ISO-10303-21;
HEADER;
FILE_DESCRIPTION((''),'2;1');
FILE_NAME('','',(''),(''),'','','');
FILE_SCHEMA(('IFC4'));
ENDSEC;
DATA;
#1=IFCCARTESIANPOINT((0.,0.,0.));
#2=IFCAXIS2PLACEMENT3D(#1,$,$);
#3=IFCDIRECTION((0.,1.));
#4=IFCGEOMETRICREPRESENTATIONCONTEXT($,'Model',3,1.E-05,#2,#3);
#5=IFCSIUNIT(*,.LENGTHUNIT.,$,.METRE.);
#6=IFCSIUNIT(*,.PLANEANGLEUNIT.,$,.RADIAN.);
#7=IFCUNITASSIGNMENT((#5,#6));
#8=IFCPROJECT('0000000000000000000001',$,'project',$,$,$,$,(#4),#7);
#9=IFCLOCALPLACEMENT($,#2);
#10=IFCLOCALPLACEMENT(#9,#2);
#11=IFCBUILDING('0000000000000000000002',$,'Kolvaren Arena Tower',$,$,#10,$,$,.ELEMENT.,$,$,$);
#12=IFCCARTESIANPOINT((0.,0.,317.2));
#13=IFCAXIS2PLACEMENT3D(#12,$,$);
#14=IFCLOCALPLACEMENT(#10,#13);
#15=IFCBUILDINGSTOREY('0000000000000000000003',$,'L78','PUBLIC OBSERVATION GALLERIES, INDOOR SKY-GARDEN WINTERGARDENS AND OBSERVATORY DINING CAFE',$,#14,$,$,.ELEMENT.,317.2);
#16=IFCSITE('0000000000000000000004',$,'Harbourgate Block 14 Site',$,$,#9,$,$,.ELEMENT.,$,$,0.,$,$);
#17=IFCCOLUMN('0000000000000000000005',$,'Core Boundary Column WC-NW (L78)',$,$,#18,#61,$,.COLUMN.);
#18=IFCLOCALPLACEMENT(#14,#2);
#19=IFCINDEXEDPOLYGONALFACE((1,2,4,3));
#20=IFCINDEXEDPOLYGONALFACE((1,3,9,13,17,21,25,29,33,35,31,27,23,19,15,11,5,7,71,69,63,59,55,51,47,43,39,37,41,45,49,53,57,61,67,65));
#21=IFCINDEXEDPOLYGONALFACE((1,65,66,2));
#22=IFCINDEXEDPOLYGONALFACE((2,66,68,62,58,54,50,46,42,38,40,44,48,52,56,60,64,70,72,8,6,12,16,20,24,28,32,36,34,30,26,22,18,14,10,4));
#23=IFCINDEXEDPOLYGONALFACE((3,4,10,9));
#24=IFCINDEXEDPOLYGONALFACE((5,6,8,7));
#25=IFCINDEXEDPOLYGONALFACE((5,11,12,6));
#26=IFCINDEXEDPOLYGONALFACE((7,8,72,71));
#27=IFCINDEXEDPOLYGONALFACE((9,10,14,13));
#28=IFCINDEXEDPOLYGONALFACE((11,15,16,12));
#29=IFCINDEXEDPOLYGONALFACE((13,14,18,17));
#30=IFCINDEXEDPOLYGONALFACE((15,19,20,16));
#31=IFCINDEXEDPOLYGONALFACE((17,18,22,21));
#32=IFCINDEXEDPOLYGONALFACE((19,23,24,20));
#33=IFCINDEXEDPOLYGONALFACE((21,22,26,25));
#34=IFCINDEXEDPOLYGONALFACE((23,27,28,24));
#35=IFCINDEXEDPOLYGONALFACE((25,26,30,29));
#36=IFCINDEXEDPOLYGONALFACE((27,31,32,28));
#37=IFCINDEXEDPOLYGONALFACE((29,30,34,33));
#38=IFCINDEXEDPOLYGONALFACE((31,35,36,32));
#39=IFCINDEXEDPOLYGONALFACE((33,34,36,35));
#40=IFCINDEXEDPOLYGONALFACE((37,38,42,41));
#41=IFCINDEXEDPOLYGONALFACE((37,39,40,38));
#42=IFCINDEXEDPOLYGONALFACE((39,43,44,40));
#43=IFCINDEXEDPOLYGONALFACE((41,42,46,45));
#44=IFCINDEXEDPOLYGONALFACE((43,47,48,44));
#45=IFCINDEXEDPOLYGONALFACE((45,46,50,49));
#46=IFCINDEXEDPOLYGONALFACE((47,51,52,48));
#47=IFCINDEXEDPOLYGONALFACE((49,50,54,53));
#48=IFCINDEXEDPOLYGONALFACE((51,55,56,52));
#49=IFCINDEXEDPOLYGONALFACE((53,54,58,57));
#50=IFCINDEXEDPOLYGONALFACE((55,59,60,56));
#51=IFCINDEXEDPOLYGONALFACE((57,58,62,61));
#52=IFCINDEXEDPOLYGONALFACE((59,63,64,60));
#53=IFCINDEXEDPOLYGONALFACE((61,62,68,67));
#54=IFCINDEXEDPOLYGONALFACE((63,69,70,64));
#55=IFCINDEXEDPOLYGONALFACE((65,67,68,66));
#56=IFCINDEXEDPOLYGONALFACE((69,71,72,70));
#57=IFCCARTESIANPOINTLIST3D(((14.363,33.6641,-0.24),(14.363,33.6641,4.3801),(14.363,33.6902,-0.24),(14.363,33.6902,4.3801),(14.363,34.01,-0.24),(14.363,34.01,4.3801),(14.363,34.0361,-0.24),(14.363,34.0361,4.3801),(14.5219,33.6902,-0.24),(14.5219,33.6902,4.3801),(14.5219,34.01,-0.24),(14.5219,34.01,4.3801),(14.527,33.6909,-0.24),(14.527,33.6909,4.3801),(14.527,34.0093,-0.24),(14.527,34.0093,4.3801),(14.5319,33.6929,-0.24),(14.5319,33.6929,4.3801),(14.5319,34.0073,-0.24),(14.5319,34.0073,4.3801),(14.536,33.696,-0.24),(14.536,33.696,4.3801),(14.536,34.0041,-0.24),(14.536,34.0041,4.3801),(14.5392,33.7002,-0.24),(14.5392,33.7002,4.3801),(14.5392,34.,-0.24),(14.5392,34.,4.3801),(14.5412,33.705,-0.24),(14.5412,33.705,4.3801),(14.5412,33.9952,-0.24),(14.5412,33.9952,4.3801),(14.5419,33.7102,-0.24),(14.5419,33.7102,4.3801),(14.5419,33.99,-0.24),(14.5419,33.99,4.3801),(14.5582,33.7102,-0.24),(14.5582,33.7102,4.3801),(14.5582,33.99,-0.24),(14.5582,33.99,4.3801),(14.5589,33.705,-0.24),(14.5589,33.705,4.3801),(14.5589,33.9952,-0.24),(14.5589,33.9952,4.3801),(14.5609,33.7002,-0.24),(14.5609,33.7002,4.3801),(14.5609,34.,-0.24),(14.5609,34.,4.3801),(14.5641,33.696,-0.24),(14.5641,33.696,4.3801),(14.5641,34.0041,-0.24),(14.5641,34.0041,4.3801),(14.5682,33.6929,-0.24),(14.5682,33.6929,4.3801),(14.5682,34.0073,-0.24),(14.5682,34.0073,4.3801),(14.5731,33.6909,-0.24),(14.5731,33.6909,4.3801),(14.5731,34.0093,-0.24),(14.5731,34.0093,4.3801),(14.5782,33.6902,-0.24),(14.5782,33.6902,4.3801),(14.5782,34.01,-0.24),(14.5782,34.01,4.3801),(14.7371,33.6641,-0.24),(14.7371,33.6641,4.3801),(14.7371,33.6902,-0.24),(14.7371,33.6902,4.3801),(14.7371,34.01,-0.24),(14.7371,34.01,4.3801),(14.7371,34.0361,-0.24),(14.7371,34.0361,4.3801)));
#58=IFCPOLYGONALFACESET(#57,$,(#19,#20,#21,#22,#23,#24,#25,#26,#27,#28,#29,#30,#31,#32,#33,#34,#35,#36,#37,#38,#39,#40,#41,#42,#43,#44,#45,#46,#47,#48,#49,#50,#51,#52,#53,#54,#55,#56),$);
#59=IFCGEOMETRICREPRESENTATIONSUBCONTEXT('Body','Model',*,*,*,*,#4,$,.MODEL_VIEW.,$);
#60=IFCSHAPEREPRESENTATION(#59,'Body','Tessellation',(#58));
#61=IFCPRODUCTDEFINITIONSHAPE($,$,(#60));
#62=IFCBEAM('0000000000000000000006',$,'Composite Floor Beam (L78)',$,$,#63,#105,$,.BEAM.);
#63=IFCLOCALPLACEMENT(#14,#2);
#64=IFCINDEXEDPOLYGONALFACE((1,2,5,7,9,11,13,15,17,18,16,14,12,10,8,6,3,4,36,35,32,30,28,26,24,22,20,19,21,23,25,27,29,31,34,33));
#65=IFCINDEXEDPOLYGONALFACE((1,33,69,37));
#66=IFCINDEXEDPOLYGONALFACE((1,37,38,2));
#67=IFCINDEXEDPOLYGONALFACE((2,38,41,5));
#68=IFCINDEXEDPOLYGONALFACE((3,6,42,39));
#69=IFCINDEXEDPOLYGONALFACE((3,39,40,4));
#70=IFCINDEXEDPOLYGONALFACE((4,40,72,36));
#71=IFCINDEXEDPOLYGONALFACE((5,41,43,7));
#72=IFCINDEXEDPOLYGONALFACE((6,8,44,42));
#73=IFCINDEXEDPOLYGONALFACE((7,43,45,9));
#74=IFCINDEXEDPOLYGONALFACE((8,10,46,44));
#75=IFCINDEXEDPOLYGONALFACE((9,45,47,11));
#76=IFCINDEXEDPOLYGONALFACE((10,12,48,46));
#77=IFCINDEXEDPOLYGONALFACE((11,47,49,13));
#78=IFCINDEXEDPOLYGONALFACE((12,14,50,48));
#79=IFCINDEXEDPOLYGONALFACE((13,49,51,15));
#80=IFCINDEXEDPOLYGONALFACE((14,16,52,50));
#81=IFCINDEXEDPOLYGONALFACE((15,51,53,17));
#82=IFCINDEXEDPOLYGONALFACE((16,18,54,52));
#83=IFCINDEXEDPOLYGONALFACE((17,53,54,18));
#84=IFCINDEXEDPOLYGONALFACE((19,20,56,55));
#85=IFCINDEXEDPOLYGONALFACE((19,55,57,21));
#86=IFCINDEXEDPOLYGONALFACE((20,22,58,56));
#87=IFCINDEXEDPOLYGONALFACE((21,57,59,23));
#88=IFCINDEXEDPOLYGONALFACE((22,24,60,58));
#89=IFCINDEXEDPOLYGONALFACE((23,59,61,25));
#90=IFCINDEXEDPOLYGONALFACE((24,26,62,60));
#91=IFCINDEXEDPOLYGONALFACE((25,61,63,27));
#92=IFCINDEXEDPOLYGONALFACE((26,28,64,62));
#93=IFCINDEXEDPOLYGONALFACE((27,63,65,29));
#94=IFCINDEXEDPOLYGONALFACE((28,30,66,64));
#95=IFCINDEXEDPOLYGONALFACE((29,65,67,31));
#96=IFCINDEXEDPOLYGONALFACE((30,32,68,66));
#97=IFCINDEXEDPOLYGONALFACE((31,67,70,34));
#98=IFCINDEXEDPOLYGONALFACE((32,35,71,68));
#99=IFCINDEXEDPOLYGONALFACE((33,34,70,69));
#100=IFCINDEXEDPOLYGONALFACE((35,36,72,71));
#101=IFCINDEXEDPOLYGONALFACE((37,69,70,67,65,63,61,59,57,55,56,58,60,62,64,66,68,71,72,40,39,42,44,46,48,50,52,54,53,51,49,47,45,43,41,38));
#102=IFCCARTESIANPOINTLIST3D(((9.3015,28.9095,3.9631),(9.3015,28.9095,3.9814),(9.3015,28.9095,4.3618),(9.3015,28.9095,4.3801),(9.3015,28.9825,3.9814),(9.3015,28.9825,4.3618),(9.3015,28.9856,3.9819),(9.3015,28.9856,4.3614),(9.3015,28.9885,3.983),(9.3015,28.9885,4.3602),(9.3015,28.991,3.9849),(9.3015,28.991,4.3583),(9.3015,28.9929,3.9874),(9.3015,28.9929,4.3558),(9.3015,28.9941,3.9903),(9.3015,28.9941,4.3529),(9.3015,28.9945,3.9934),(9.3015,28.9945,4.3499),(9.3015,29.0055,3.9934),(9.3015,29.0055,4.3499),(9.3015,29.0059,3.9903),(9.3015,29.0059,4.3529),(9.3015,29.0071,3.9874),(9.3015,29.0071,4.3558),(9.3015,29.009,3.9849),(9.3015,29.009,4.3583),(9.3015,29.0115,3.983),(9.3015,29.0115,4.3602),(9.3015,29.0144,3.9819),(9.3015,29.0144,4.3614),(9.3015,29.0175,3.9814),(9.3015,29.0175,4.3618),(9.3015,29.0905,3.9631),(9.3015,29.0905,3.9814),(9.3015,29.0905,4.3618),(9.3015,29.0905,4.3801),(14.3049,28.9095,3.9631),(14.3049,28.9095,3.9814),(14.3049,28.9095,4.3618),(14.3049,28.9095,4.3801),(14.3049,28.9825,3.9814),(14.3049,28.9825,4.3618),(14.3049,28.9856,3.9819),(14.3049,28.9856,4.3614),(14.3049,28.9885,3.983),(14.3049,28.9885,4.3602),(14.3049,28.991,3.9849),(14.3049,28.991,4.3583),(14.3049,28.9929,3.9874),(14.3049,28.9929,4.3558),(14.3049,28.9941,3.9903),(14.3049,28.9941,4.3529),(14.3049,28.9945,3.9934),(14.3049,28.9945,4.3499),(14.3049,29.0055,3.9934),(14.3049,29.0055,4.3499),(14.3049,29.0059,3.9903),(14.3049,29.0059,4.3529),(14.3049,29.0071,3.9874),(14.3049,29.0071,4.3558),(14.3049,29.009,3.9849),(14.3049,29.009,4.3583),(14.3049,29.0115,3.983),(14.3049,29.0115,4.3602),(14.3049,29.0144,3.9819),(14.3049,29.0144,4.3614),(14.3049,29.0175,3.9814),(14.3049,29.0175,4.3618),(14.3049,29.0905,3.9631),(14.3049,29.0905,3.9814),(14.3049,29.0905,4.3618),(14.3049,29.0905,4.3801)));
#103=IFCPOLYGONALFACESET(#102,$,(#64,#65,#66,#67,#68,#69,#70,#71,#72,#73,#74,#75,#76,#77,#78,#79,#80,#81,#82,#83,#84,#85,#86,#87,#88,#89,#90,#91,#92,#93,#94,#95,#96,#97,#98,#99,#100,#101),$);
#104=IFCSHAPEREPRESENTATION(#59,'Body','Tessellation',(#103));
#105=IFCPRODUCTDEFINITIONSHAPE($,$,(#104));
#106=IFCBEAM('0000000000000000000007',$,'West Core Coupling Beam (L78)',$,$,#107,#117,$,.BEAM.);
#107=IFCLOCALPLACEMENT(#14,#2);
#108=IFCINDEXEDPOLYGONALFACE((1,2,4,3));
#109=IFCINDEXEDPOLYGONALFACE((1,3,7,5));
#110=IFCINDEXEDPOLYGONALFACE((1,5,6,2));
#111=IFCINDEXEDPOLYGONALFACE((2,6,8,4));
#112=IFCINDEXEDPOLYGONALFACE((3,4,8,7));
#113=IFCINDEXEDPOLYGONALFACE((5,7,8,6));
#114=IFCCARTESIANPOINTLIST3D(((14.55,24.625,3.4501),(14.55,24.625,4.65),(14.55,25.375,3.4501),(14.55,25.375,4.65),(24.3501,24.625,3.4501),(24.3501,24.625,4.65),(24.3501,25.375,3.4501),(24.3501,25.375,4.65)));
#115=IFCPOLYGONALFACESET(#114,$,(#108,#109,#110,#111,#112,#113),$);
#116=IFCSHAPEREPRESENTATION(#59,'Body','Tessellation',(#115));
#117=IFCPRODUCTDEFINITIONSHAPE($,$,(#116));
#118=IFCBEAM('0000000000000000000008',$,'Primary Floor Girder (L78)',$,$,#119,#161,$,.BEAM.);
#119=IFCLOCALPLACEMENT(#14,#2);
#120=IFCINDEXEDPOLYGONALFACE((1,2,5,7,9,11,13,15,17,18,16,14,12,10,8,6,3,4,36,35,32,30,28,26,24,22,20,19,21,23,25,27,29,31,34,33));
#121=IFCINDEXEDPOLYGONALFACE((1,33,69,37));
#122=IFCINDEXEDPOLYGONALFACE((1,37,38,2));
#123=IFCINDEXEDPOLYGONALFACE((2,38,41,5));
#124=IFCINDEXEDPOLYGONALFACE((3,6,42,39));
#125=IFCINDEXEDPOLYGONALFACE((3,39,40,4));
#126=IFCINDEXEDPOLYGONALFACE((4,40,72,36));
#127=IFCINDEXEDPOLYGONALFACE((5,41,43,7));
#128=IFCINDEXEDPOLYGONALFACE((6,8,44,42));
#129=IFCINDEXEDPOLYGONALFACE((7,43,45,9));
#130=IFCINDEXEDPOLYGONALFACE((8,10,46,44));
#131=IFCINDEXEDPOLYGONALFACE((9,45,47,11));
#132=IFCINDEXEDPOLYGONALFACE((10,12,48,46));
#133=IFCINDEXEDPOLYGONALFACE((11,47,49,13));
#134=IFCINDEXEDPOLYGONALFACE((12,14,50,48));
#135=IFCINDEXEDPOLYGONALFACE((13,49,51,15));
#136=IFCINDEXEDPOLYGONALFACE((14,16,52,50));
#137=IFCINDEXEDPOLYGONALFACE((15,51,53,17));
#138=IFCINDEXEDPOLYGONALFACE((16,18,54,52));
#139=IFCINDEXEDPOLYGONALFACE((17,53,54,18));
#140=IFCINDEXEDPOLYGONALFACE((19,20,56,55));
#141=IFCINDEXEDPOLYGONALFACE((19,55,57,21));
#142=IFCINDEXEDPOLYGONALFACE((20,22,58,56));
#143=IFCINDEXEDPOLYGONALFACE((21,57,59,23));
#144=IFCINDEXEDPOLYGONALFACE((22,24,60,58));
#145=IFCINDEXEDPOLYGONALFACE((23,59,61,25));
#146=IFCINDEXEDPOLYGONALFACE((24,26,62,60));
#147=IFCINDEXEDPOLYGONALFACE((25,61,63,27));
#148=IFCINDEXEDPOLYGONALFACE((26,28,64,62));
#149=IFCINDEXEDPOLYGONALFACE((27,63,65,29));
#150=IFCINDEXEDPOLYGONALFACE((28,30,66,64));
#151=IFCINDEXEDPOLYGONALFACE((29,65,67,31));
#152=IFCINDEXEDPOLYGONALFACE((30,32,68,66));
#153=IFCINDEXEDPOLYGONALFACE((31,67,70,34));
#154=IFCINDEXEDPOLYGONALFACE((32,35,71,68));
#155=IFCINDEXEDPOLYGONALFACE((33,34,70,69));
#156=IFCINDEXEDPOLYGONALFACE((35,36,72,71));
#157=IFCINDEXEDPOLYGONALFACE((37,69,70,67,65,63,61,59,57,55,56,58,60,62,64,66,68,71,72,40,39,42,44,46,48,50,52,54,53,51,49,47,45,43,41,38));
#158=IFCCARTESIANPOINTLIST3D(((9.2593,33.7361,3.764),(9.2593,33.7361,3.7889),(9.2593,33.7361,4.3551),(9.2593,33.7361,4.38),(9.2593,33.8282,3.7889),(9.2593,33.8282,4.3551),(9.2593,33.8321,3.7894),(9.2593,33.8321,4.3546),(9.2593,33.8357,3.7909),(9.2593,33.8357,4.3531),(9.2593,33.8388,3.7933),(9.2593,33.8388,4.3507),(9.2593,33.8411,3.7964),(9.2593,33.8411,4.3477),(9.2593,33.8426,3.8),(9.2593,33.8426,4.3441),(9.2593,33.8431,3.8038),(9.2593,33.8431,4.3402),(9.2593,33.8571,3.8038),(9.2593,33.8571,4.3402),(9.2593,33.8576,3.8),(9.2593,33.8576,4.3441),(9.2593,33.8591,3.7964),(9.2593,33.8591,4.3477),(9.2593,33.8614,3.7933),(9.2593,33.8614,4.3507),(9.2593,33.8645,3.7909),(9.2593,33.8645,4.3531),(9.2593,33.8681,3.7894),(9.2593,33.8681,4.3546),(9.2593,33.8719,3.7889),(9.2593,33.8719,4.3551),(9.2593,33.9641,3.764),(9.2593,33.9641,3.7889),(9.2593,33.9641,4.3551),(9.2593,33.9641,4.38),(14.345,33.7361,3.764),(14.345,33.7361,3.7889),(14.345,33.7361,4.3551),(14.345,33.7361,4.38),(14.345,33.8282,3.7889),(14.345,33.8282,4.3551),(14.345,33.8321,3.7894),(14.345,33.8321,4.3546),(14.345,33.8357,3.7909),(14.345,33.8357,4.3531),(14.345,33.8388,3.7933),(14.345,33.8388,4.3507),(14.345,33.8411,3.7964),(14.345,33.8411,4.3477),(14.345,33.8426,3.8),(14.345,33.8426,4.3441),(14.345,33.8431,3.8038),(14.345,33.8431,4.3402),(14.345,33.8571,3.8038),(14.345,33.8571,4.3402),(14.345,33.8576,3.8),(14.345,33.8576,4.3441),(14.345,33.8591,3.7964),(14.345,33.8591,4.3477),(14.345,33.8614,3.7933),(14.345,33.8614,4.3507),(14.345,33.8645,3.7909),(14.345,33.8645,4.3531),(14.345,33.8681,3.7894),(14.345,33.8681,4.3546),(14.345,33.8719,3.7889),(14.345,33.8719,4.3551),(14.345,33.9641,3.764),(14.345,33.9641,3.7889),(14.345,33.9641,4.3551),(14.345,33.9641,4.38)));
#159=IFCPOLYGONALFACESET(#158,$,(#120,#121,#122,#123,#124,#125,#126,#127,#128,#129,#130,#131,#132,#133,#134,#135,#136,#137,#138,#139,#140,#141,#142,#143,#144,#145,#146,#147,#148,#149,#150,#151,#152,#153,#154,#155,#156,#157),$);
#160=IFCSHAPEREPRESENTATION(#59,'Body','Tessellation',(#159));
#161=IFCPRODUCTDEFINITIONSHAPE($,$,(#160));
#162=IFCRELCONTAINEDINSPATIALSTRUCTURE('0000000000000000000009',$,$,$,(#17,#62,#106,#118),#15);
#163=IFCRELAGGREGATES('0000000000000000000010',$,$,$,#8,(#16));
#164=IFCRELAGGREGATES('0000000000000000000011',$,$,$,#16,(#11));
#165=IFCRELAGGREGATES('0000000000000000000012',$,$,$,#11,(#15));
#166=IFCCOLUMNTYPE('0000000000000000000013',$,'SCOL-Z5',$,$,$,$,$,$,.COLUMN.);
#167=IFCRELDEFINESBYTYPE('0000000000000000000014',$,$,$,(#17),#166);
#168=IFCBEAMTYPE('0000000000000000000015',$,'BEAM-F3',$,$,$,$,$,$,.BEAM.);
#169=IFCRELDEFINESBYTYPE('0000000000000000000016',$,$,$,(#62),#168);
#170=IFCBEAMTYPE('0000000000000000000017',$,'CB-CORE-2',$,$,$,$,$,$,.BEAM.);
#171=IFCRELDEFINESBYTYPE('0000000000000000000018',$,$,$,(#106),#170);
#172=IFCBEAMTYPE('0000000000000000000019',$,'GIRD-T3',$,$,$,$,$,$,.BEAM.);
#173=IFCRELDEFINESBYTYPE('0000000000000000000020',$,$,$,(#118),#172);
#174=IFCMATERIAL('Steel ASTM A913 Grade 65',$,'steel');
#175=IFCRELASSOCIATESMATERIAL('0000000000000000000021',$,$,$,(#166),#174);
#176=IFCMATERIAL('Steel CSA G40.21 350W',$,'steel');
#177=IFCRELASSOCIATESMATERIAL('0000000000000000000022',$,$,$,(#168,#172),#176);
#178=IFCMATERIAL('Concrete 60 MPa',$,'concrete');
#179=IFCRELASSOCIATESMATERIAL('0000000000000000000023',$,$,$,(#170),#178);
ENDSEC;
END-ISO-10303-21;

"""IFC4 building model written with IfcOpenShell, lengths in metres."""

from ifc_helpers import new_model, si_unit, direction, frame, origin, origin_2d, place, context, subcontext, project, spatial, rectangle, i_section, extrude, material, material_profile, profile_set, type_object, element, save


model = new_model("IFC4")

# Units and contexts
model_context = context("Model", 3, precision=1e-05, world=origin(), true_north=direction((0.0, 1.0)))
body_context = subcontext(model_context, "Body", "Model", "MODEL_VIEW")
ifc_project = project(units=[si_unit("LENGTHUNIT", "METRE"), si_unit("PLANEANGLEUNIT", "RADIAN")], contexts=[model_context])

# Site, building, storey
site_placement = place(None, origin())
site = spatial("IfcSite", under=ifc_project, at=site_placement, Name="Harbourgate Block 14 Site", CompositionType="ELEMENT", RefElevation=0.0)
building_placement = place(site_placement, origin())
building = spatial("IfcBuilding", under=site, at=building_placement, Name="Kolvaren Arena Tower", CompositionType="ELEMENT")
storey_placement = place(building_placement, frame((0.0, 0.0, 317.2)))
storey = spatial("IfcBuildingStorey", under=building, at=storey_placement, Name="L78", Description="PUBLIC OBSERVATION GALLERIES, INDOOR SKY-GARDEN WINTERGARDENS AND OBSERVATORY DINING CAFE", CompositionType="ELEMENT", Elevation=317.2)

# Column
ifc_material_1 = material(Name="Steel ASTM A913 Grade 65", Category="steel")
ifc_material_profile_1 = material_profile(ifc_material_1, i_section(OverallWidth=0.374, OverallDepth=0.3721, WebThickness=0.0164, FlangeThickness=0.0261, FilletRadius=0.02, at=origin_2d()), Name="W360x196")
ifc_profile_set_1 = profile_set([ifc_material_profile_1], Name="Steel ASTM A913 Grade 65")
column_type = type_object("IfcColumnType", Name="SCOL-Z5", PredefinedType="COLUMN", material=ifc_profile_set_1)
column_placement = place(storey_placement, frame((14.55, 33.8501, -0.24), z_axis=(0.0, 0.0, 1.0), x_axis=(1.0, 0.0, 0.0)))
element("IfcColumn", 1, at=column_placement, inside=storey, type_object=column_type, Name="Core Boundary Column WC-NW (L78)", PredefinedType="COLUMN", context=body_context, shape_type="SweptSolid", body=[
    extrude(i_section(OverallWidth=0.374, OverallDepth=0.3721, WebThickness=0.0164, FlangeThickness=0.0261, FilletRadius=0.02, at=origin_2d()), origin(), (0.0, 0.0, 1.0), 4.6201),
])

# Beams
ifc_material_2 = material(Name="Steel CSA G40.21 350W", Category="steel")
ifc_material_profile_2 = material_profile(ifc_material_2, i_section(OverallWidth=0.1809, OverallDepth=0.417, WebThickness=0.011, FlangeThickness=0.0183, FilletRadius=0.012, at=origin_2d()), Name="W410x85")
ifc_profile_set_2 = profile_set([ifc_material_profile_2], Name="Steel CSA G40.21 350W")
beam_type_1 = type_object("IfcBeamType", Name="BEAM-F3", PredefinedType="BEAM", material=ifc_profile_set_2)
beam_1_placement = place(storey_placement, frame((9.3015, 29.0, 4.1716), z_axis=(1.0, 0.0, 0.0), x_axis=(0.0, 1.0, 0.0)))
element("IfcBeam", 2, at=beam_1_placement, inside=storey, type_object=beam_type_1, Name="Composite Floor Beam (L78)", PredefinedType="BEAM", context=body_context, shape_type="SweptSolid", body=[
    extrude(i_section(OverallWidth=0.1809, OverallDepth=0.417, WebThickness=0.011, FlangeThickness=0.0183, FilletRadius=0.012, at=origin_2d()), origin(), (0.0, 0.0, 1.0), 5.0034),
])
ifc_material_3 = material(Name="Concrete 60 MPa", Category="concrete")
ifc_material_profile_3 = material_profile(ifc_material_3, rectangle(XDim=0.75, YDim=1.2, at=origin_2d()), Name="RC-750x1200")
ifc_profile_set_3 = profile_set([ifc_material_profile_3], Name="Concrete 60 MPa")
beam_type_2 = type_object("IfcBeamType", Name="CB-CORE-2", PredefinedType="BEAM", material=ifc_profile_set_3)
beam_2_placement = place(storey_placement, frame((14.55, 25.0, 4.05), z_axis=(1.0, 0.0, 0.0), x_axis=(0.0, 1.0, 0.0)))
element("IfcBeam", 3, at=beam_2_placement, inside=storey, type_object=beam_type_2, Name="West Core Coupling Beam (L78)", PredefinedType="BEAM", context=body_context, shape_type="SweptSolid", body=[
    extrude(rectangle(XDim=0.75, YDim=1.2, at=origin_2d()), origin(), (0.0, 0.0, 1.0), 9.8),
])
ifc_material_profile_4 = material_profile(ifc_material_2, i_section(OverallWidth=0.228, OverallDepth=0.616, WebThickness=0.0139, FlangeThickness=0.0249, FilletRadius=0.0149, at=origin_2d()), Name="W610x174")
ifc_profile_set_4 = profile_set([ifc_material_profile_4], Name="Steel CSA G40.21 350W")
beam_type_3 = type_object("IfcBeamType", Name="GIRD-T3", PredefinedType="BEAM", material=ifc_profile_set_4)
beam_3_placement = place(storey_placement, frame((9.2593, 33.8501, 4.072), z_axis=(1.0, 0.0, 0.0), x_axis=(0.0, 1.0, 0.0)))
element("IfcBeam", 4, at=beam_3_placement, inside=storey, type_object=beam_type_3, Name="Primary Floor Girder (L78)", PredefinedType="BEAM", context=body_context, shape_type="SweptSolid", body=[
    extrude(i_section(OverallWidth=0.228, OverallDepth=0.616, WebThickness=0.0139, FlangeThickness=0.0249, FilletRadius=0.0149, at=origin_2d()), origin(), (0.0, 0.0, 1.0), 5.0857),
])

save(model, "model.ifc")
